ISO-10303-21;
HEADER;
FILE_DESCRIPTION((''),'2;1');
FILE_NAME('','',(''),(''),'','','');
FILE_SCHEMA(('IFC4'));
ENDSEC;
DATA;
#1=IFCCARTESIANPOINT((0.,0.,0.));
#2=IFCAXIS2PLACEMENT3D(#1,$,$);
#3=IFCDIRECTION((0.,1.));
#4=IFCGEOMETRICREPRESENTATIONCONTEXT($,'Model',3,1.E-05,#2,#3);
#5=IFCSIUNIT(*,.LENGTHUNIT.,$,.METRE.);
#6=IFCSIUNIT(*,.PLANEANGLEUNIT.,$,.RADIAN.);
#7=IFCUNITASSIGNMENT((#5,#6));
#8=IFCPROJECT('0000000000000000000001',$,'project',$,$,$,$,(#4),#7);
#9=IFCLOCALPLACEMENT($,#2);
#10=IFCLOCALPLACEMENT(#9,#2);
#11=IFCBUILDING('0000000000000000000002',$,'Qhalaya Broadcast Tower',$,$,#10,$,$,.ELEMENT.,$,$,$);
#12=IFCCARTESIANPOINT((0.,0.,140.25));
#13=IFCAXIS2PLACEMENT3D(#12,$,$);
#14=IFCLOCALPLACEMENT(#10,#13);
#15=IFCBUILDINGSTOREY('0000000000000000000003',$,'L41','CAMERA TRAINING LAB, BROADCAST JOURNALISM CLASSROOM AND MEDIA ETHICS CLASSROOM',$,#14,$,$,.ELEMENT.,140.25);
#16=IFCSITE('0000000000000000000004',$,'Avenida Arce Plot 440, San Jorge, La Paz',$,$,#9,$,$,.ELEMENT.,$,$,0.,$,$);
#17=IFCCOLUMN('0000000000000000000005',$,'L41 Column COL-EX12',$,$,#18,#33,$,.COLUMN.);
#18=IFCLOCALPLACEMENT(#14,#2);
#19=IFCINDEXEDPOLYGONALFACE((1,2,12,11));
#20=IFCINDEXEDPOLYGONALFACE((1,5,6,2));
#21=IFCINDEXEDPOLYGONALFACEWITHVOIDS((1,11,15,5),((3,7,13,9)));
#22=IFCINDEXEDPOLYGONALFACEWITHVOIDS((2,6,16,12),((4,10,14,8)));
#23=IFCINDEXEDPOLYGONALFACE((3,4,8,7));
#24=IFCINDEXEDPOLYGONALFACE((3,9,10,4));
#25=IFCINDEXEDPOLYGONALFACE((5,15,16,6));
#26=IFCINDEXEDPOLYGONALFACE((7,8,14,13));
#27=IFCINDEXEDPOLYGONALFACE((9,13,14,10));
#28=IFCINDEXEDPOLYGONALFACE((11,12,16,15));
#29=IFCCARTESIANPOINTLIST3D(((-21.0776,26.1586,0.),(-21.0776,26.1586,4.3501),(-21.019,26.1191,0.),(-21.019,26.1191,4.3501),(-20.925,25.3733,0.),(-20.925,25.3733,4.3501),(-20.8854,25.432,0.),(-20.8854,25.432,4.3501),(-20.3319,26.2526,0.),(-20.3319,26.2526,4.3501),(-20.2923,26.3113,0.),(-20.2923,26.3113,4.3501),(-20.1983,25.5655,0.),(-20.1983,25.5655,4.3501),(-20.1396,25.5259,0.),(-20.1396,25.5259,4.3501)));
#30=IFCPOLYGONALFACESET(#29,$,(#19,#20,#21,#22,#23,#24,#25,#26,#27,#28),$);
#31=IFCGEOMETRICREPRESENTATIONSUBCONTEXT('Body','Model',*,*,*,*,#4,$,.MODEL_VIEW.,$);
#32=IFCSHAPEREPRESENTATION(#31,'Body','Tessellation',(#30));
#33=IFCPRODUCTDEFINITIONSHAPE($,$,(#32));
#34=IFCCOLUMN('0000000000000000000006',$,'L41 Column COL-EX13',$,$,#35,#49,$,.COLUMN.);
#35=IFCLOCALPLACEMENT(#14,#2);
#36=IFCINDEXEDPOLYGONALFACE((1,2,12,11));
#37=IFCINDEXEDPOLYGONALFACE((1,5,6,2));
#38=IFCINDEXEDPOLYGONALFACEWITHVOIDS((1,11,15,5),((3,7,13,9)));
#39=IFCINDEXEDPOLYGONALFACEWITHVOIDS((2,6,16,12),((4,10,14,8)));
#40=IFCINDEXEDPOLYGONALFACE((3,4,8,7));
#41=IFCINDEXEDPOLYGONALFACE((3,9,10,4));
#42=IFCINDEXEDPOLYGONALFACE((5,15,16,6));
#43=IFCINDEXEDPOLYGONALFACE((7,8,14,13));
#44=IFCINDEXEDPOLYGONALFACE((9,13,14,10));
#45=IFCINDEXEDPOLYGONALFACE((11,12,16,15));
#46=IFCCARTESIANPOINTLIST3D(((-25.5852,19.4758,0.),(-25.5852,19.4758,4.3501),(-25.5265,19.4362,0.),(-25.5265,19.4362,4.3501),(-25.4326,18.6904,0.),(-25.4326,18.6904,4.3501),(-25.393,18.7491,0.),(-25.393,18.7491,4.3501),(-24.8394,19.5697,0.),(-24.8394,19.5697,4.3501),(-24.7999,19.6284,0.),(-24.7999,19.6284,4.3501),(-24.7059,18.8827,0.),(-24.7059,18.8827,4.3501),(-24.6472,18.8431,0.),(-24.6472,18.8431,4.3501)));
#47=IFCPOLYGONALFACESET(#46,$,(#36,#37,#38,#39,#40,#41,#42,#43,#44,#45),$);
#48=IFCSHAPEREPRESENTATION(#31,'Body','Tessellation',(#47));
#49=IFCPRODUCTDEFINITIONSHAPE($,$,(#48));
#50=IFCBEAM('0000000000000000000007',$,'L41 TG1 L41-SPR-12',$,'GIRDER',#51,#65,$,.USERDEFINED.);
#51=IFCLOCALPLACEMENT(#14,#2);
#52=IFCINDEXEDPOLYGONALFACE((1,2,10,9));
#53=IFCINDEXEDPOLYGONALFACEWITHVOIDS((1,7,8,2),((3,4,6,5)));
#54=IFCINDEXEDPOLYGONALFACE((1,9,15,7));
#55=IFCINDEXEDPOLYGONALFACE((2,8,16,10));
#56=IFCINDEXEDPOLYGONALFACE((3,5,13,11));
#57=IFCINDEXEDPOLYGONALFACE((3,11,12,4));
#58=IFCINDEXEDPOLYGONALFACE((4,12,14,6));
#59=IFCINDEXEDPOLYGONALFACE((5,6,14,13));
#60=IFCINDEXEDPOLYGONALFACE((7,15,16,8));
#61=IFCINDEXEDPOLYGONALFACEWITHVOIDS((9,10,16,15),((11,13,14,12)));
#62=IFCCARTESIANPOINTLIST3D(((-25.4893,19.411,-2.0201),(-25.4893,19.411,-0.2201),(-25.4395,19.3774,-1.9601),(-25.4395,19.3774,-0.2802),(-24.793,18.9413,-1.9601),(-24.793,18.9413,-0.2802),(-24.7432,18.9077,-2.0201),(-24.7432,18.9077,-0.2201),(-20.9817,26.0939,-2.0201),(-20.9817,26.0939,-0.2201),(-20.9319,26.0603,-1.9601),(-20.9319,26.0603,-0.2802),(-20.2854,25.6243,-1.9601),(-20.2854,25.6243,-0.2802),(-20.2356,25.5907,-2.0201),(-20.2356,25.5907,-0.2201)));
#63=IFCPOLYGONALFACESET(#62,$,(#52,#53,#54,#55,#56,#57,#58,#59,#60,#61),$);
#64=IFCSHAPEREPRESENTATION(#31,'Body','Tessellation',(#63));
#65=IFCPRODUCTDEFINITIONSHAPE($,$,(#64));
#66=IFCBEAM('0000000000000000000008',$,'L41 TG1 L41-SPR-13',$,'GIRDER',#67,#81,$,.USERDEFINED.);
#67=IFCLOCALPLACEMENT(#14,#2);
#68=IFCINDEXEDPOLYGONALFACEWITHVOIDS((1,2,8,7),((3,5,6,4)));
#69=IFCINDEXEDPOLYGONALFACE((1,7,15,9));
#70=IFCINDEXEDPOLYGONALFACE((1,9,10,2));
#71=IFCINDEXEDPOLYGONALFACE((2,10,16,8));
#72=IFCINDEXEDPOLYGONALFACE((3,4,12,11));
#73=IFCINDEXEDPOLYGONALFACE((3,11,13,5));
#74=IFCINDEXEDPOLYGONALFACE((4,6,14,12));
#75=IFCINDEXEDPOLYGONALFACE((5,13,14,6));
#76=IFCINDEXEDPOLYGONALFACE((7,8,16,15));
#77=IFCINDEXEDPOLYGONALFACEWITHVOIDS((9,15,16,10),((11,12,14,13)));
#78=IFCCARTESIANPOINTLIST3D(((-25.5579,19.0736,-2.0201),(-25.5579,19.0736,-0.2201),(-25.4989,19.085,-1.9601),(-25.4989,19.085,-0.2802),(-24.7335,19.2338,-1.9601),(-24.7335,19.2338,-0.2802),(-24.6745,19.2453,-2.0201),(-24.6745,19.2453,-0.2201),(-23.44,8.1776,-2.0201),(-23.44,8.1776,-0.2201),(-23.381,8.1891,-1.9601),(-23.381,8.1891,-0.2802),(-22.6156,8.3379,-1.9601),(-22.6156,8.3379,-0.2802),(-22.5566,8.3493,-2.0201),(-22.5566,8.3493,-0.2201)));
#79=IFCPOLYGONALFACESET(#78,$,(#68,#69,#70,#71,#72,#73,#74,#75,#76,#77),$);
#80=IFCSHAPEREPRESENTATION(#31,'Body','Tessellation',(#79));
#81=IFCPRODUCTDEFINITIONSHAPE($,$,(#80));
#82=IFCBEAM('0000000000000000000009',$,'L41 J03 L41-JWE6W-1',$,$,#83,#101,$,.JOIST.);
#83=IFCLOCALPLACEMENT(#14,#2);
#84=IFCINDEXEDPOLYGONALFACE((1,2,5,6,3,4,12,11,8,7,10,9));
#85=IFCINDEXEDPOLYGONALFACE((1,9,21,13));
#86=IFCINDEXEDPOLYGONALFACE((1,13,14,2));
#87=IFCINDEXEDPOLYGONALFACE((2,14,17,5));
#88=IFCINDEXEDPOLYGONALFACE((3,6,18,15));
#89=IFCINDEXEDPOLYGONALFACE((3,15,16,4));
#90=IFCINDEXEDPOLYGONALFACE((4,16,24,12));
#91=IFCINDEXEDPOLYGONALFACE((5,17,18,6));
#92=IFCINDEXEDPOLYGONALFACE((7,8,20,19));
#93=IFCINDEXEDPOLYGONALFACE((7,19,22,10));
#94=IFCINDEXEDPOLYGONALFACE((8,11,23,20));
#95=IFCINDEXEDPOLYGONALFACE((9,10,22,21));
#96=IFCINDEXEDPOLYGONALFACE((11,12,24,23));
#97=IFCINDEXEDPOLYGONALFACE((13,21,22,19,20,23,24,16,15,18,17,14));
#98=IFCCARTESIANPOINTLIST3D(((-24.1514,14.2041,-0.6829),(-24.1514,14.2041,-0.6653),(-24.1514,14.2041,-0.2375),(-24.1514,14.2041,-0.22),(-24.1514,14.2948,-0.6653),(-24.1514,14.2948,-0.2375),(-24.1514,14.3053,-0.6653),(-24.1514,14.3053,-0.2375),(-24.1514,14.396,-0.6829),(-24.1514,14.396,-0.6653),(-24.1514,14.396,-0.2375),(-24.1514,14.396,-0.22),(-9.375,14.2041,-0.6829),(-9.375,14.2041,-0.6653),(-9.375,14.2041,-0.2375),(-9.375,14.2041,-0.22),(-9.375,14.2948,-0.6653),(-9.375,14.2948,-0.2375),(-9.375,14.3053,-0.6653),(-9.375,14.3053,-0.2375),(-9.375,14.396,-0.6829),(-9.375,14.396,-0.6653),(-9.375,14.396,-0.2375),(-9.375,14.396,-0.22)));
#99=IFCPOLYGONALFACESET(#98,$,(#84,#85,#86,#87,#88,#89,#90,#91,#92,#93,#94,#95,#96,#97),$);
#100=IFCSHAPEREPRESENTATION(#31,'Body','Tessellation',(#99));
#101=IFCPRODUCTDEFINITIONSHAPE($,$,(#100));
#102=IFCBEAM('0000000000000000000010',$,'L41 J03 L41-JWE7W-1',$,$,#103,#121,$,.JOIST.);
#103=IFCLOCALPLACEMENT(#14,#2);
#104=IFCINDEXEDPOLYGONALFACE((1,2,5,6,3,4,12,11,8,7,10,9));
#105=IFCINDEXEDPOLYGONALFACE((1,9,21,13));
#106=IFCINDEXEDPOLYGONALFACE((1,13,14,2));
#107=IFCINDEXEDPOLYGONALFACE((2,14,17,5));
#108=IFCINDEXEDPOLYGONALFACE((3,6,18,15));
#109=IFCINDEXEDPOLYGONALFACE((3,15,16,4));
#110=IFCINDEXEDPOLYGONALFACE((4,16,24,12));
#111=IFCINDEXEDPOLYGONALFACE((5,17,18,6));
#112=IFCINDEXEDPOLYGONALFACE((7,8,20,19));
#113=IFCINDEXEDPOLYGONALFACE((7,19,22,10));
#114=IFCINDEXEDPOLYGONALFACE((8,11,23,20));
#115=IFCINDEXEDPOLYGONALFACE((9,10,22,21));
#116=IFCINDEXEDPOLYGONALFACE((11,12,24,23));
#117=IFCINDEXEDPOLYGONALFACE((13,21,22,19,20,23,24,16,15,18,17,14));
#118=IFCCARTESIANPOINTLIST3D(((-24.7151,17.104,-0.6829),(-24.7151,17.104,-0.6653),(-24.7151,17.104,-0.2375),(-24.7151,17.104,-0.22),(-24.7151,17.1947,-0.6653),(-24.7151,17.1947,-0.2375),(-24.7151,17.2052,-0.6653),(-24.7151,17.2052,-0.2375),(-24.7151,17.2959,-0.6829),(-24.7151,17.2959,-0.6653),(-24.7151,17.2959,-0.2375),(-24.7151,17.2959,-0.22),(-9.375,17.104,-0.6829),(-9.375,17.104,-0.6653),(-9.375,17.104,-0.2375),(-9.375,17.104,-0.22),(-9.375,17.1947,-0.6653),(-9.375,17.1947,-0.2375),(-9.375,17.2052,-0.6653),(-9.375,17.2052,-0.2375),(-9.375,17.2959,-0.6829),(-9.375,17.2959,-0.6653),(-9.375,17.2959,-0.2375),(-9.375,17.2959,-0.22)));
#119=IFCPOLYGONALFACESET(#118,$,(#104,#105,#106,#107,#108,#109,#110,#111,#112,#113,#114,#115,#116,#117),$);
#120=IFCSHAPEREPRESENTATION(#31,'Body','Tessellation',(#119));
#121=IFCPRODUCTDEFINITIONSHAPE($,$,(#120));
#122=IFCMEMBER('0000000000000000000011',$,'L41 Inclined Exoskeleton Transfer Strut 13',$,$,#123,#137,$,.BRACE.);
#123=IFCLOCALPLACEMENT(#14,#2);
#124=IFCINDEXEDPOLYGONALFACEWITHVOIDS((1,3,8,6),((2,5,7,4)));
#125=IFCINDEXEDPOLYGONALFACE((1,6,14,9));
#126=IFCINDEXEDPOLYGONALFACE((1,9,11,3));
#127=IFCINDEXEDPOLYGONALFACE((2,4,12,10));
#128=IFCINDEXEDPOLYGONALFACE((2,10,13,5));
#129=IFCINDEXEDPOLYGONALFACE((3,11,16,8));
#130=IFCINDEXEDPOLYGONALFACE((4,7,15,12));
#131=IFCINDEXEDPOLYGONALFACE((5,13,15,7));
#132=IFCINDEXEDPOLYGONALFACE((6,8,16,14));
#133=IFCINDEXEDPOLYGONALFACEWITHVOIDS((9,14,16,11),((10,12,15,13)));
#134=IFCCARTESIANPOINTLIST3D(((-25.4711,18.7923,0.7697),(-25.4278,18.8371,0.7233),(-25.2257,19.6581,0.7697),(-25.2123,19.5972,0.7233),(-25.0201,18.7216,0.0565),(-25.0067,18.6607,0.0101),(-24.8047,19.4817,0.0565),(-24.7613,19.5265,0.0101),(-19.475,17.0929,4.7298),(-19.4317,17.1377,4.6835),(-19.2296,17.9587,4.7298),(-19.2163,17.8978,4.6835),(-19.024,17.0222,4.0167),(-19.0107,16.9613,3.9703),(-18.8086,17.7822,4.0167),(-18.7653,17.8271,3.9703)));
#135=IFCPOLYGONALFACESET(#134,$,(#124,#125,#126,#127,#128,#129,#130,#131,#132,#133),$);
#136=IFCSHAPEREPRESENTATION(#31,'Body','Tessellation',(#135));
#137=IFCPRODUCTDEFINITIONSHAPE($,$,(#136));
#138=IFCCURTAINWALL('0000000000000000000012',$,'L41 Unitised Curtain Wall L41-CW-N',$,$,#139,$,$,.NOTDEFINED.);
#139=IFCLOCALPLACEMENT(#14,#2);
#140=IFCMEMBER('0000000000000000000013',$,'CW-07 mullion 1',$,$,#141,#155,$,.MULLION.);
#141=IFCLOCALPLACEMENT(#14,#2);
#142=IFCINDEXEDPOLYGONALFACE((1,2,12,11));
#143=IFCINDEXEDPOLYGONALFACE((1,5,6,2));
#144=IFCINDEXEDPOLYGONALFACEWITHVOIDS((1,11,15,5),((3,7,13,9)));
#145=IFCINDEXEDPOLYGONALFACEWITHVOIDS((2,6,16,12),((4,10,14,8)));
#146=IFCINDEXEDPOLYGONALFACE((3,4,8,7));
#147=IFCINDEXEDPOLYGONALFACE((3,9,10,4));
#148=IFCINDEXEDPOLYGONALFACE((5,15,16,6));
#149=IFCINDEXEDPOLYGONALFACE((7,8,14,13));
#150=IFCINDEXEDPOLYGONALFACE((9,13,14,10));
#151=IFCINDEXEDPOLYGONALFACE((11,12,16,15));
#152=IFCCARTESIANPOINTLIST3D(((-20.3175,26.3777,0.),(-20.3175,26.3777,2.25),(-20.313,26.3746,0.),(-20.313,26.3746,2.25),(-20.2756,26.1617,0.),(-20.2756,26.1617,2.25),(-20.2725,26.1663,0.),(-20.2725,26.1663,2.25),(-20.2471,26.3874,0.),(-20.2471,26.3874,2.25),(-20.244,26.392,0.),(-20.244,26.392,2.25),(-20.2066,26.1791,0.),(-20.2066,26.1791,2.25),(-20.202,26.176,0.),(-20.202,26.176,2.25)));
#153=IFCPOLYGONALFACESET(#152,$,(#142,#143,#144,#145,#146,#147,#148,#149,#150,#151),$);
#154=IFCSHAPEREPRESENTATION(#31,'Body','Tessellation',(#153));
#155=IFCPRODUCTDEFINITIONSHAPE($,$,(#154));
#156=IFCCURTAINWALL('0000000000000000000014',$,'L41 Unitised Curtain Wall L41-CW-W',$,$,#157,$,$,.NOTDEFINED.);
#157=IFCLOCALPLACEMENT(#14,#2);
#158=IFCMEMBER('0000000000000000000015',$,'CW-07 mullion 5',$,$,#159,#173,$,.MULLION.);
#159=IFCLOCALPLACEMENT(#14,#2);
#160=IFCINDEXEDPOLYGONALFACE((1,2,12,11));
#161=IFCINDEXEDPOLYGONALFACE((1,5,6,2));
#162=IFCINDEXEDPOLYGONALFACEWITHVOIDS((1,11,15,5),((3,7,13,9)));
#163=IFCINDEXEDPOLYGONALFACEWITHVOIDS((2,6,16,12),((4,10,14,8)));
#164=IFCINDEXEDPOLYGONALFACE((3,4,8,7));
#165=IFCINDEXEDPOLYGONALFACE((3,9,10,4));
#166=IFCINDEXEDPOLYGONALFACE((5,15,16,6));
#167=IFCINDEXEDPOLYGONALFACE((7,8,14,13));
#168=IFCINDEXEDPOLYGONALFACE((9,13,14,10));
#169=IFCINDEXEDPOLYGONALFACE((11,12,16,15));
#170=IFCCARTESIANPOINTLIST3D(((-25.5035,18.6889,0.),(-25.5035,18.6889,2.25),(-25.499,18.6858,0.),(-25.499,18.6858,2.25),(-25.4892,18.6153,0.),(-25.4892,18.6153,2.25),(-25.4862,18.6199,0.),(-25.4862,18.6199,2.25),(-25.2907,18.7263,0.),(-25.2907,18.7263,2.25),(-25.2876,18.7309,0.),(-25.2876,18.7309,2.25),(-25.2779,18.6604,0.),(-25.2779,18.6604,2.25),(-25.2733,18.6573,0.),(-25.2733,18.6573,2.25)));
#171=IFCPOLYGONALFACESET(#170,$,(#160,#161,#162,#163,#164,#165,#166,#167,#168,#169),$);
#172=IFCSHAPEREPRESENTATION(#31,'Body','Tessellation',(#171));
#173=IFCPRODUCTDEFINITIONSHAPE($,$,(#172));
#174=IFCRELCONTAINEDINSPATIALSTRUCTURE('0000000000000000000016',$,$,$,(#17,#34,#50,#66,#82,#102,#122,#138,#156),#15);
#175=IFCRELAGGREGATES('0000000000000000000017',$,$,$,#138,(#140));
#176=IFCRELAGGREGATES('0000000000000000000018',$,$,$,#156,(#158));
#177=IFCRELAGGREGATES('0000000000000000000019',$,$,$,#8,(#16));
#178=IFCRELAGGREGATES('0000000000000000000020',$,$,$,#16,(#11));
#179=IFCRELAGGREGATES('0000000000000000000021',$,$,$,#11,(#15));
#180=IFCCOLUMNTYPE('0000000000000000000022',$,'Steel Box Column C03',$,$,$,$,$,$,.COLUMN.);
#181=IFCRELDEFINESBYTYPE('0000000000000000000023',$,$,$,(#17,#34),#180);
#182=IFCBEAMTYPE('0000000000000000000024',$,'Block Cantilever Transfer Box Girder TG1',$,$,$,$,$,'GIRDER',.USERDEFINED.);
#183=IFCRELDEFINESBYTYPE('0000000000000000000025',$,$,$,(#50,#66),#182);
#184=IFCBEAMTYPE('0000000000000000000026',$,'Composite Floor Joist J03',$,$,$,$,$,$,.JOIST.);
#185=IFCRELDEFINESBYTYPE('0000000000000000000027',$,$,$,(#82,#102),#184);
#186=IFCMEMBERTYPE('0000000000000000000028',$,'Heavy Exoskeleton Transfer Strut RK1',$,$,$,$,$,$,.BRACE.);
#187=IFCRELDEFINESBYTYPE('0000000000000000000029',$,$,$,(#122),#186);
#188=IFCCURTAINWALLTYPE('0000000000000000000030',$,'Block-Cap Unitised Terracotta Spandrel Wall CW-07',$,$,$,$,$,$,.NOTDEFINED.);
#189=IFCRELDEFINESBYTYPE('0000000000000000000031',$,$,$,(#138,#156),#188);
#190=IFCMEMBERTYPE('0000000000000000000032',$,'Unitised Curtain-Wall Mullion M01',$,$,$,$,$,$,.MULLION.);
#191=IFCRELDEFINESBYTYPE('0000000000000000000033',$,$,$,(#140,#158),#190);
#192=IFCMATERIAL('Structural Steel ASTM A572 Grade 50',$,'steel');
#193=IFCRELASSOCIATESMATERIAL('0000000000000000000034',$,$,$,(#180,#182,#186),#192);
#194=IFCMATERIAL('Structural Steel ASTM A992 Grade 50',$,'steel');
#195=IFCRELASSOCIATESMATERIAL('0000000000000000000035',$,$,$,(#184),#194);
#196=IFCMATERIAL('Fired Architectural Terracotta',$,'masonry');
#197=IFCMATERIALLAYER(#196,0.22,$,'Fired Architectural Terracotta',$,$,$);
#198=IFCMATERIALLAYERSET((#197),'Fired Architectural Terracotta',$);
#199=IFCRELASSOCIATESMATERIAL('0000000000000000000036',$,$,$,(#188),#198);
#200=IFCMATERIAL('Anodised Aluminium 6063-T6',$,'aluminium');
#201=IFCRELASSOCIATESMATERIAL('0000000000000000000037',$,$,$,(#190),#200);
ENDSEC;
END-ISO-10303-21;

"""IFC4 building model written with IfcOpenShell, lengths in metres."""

from ifc_helpers import new_model, si_unit, direction, frame, origin, origin_2d, place, context, subcontext, project, spatial, hollow_rectangle, i_section, extrude, material, layer, layer_set, material_profile, profile_set, type_object, element, aggregate, save


model = new_model("IFC4")

# Units and contexts
model_context = context("Model", 3, precision=1e-05, world=origin(), true_north=direction((0.0, 1.0)))
body_context = subcontext(model_context, "Body", "Model", "MODEL_VIEW")
ifc_project = project(units=[si_unit("LENGTHUNIT", "METRE"), si_unit("PLANEANGLEUNIT", "RADIAN")], contexts=[model_context])

# Site, building, storey
site_placement = place(None, origin())
site = spatial("IfcSite", under=ifc_project, at=site_placement, Name="Avenida Arce Plot 440, San Jorge, La Paz", CompositionType="ELEMENT", RefElevation=0.0)
building_placement = place(site_placement, origin())
building = spatial("IfcBuilding", under=site, at=building_placement, Name="Qhalaya Broadcast Tower", CompositionType="ELEMENT")
storey_placement = place(building_placement, frame((0.0, 0.0, 140.25)))
storey = spatial("IfcBuildingStorey", under=building, at=storey_placement, Name="L41", Description="CAMERA TRAINING LAB, BROADCAST JOURNALISM CLASSROOM AND MEDIA ETHICS CLASSROOM", CompositionType="ELEMENT", Elevation=140.25)

# Columns
ifc_material_1 = material(Name="Structural Steel ASTM A572 Grade 50", Category="steel")
ifc_material_profile_1 = material_profile(ifc_material_1, hollow_rectangle(XDim=0.8, YDim=0.8, WallThickness=0.05, at=origin_2d()), Name="BOX 800x800x50")
ifc_profile_set_1 = profile_set([ifc_material_profile_1], Name="Structural Steel ASTM A572 Grade 50")
column_type = type_object("IfcColumnType", Name="Steel Box Column C03", PredefinedType="COLUMN", material=ifc_profile_set_1)
for number, where, z_axis, x_axis, name in (
    (1, (-20.6086, 25.8423, 0.0), (0.0, 0.0, 1.0), (0.981627, 0.190809, 0.0), "L41 Column COL-EX12"),
    (2, (-25.1162, 19.1594, 0.0), (0.0, 0.0, 1.0), (-0.190809, 0.981627, 0.0), "L41 Column COL-EX13"),
):
    element("IfcColumn", number, at=place(storey_placement, frame(where, z_axis=z_axis, x_axis=x_axis)), inside=storey, type_object=column_type, Name=name, PredefinedType="COLUMN", context=body_context, shape_type="SweptSolid", body=[
        extrude(hollow_rectangle(XDim=0.8, YDim=0.8, WallThickness=0.05, at=origin_2d()), origin(), (0.0, 0.0, 1.0), 4.3501),
    ])

# Beams
ifc_material_profile_2 = material_profile(ifc_material_1, hollow_rectangle(XDim=0.8999, YDim=1.8, WallThickness=0.0601, at=origin_2d()), Name="BOX 900x1800x60")
ifc_profile_set_2 = profile_set([ifc_material_profile_2], Name="Structural Steel ASTM A572 Grade 50")
beam_type_1 = type_object("IfcBeamType", Name="Block Cantilever Transfer Box Girder TG1", ElementType="GIRDER", PredefinedType="USERDEFINED", material=ifc_profile_set_2)
beam_1_placement = place(storey_placement, frame((-20.6086, 25.8423, -1.1201), z_axis=(-0.559186, -0.829042, 0.0), x_axis=(0.829042, -0.559186, 0.0)))
element("IfcBeam", 3, at=beam_1_placement, inside=storey, type_object=beam_type_1, Name="L41 TG1 L41-SPR-12", ObjectType="GIRDER", PredefinedType="USERDEFINED", context=body_context, shape_type="SweptSolid", body=[
    extrude(hollow_rectangle(XDim=0.8999, YDim=1.8, WallThickness=0.0601, at=origin_2d()), origin(), (0.0, 0.0, 1.0), 8.061),
])
beam_2_placement = place(storey_placement, frame((-25.1162, 19.1594, -1.1201), z_axis=(0.190805, -0.981628, 0.0), x_axis=(0.981628, 0.190805, 0.0)))
element("IfcBeam", 4, at=beam_2_placement, inside=storey, type_object=beam_type_1, Name="L41 TG1 L41-SPR-13", ObjectType="GIRDER", PredefinedType="USERDEFINED", context=body_context, shape_type="SweptSolid", body=[
    extrude(hollow_rectangle(XDim=0.8999, YDim=1.8, WallThickness=0.0601, at=origin_2d()), origin(), (0.0, 0.0, 1.0), 11.0999),
])
ifc_material_2 = material(Name="Structural Steel ASTM A992 Grade 50", Category="steel")
ifc_material_profile_3 = material_profile(ifc_material_2, i_section(OverallWidth=0.1919, OverallDepth=0.4629, WebThickness=0.0105, FlangeThickness=0.0176, at=origin_2d()), Name="W18X60")
ifc_profile_set_3 = profile_set([ifc_material_profile_3], Name="Structural Steel ASTM A992 Grade 50")
beam_type_2 = type_object("IfcBeamType", Name="Composite Floor Joist J03", PredefinedType="JOIST", material=ifc_profile_set_3)
beam_3_placement = place(storey_placement, frame((-24.1514, 14.3, -0.4514), z_axis=(1.0, 0.0, 0.0), x_axis=(0.0, 1.0, 0.0)))
element("IfcBeam", 5, at=beam_3_placement, inside=storey, type_object=beam_type_2, Name="L41 J03 L41-JWE6W-1", PredefinedType="JOIST", context=body_context, shape_type="SweptSolid", body=[
    extrude(i_section(OverallWidth=0.1919, OverallDepth=0.4629, WebThickness=0.0105, FlangeThickness=0.0176, at=origin_2d()), origin(), (0.0, 0.0, 1.0), 14.7764),
])
beam_4_placement = place(storey_placement, frame((-24.7151, 17.2, -0.4514), z_axis=(1.0, 0.0, 0.0), x_axis=(0.0, 1.0, 0.0)))
element("IfcBeam", 6, at=beam_4_placement, inside=storey, type_object=beam_type_2, Name="L41 J03 L41-JWE7W-1", PredefinedType="JOIST", context=body_context, shape_type="SweptSolid", body=[
    extrude(i_section(OverallWidth=0.1919, OverallDepth=0.4629, WebThickness=0.0105, FlangeThickness=0.0176, at=origin_2d()), origin(), (0.0, 0.0, 1.0), 15.3401),
])

# Member
ifc_material_profile_4 = material_profile(ifc_material_1, hollow_rectangle(XDim=0.8999, YDim=0.8999, WallThickness=0.0549, at=origin_2d()), Name="BOX 900x900x55")
ifc_profile_set_4 = profile_set([ifc_material_profile_4], Name="Structural Steel ASTM A572 Grade 50")
member_type_1 = type_object("IfcMemberType", Name="Heavy Exoskeleton Transfer Strut RK1", PredefinedType="BRACE", material=ifc_profile_set_4)
member_1_placement = place(storey_placement, frame((-25.1162, 19.1594, 0.3899), z_axis=(0.812031, -0.230152, 0.536317), x_axis=(0.272687, 0.962103, 0.0)))
element("IfcMember", 7, at=member_1_placement, inside=storey, type_object=member_type_1, Name="L41 Inclined Exoskeleton Transfer Strut 13", PredefinedType="BRACE", context=body_context, shape_type="SweptSolid", body=[
    extrude(hollow_rectangle(XDim=0.8999, YDim=0.8999, WallThickness=0.0549, at=origin_2d()), origin(), (0.0, 0.0, 1.0), 7.384),
])

# Curtain walls, members
ifc_material_3 = material(Name="Fired Architectural Terracotta", Category="masonry")
ifc_layer_1 = layer(ifc_material_3, 0.22, Name="Fired Architectural Terracotta")
ifc_layer_set_1 = layer_set([ifc_layer_1], Name="Fired Architectural Terracotta")
curtain_wall_type = type_object("IfcCurtainWallType", Name="Block-Cap Unitised Terracotta Spandrel Wall CW-07", PredefinedType="NOTDEFINED", material=ifc_layer_set_1)
curtain_wall_1_placement = place(storey_placement, origin())
curtain_wall_1 = element("IfcCurtainWall", 8, at=curtain_wall_1_placement, inside=storey, type_object=curtain_wall_type, Name="L41 Unitised Curtain Wall L41-CW-N", PredefinedType="NOTDEFINED")
ifc_material_4 = material(Name="Anodised Aluminium 6063-T6", Category="aluminium")
ifc_material_profile_5 = material_profile(ifc_material_4, hollow_rectangle(XDim=0.075, YDim=0.22, WallThickness=0.0039, at=origin_2d()), Name="ALU-MUL 75x220x4")
ifc_profile_set_5 = profile_set([ifc_material_profile_5], Name="Anodised Aluminium 6063-T6")
member_type_2 = type_object("IfcMemberType", Name="Unitised Curtain-Wall Mullion M01", PredefinedType="MULLION", material=ifc_profile_set_5)
member_2_placement = place(storey_placement, frame((-20.2598, 26.2769, 0.0), z_axis=(0.0, 0.0, 1.0), x_axis=(0.981627, 0.19081, 0.0)))
member_2 = element("IfcMember", 9, at=member_2_placement, type_object=member_type_2, Name="CW-07 mullion 1", PredefinedType="MULLION", context=body_context, shape_type="SweptSolid", body=[
    extrude(hollow_rectangle(XDim=0.075, YDim=0.22, WallThickness=0.0039, at=origin_2d()), origin(), (0.0, 0.0, 1.0), 2.25),
])
curtain_wall_2_placement = place(storey_placement, origin())
curtain_wall_2 = element("IfcCurtainWall", 10, at=curtain_wall_2_placement, inside=storey, type_object=curtain_wall_type, Name="L41 Unitised Curtain Wall L41-CW-W", PredefinedType="NOTDEFINED")
member_3_placement = place(storey_placement, frame((-25.3884, 18.6731, 0.0), z_axis=(0.0, 0.0, 1.0), x_axis=(-0.19081, 0.981627, 0.0)))
member_3 = element("IfcMember", 11, at=member_3_placement, type_object=member_type_2, Name="CW-07 mullion 5", PredefinedType="MULLION", context=body_context, shape_type="SweptSolid", body=[
    extrude(hollow_rectangle(XDim=0.075, YDim=0.22, WallThickness=0.0039, at=origin_2d()), origin(), (0.0, 0.0, 1.0), 2.25),
])

aggregate(curtain_wall_1, [member_2])
aggregate(curtain_wall_2, [member_3])

save(model, "model.ifc")
